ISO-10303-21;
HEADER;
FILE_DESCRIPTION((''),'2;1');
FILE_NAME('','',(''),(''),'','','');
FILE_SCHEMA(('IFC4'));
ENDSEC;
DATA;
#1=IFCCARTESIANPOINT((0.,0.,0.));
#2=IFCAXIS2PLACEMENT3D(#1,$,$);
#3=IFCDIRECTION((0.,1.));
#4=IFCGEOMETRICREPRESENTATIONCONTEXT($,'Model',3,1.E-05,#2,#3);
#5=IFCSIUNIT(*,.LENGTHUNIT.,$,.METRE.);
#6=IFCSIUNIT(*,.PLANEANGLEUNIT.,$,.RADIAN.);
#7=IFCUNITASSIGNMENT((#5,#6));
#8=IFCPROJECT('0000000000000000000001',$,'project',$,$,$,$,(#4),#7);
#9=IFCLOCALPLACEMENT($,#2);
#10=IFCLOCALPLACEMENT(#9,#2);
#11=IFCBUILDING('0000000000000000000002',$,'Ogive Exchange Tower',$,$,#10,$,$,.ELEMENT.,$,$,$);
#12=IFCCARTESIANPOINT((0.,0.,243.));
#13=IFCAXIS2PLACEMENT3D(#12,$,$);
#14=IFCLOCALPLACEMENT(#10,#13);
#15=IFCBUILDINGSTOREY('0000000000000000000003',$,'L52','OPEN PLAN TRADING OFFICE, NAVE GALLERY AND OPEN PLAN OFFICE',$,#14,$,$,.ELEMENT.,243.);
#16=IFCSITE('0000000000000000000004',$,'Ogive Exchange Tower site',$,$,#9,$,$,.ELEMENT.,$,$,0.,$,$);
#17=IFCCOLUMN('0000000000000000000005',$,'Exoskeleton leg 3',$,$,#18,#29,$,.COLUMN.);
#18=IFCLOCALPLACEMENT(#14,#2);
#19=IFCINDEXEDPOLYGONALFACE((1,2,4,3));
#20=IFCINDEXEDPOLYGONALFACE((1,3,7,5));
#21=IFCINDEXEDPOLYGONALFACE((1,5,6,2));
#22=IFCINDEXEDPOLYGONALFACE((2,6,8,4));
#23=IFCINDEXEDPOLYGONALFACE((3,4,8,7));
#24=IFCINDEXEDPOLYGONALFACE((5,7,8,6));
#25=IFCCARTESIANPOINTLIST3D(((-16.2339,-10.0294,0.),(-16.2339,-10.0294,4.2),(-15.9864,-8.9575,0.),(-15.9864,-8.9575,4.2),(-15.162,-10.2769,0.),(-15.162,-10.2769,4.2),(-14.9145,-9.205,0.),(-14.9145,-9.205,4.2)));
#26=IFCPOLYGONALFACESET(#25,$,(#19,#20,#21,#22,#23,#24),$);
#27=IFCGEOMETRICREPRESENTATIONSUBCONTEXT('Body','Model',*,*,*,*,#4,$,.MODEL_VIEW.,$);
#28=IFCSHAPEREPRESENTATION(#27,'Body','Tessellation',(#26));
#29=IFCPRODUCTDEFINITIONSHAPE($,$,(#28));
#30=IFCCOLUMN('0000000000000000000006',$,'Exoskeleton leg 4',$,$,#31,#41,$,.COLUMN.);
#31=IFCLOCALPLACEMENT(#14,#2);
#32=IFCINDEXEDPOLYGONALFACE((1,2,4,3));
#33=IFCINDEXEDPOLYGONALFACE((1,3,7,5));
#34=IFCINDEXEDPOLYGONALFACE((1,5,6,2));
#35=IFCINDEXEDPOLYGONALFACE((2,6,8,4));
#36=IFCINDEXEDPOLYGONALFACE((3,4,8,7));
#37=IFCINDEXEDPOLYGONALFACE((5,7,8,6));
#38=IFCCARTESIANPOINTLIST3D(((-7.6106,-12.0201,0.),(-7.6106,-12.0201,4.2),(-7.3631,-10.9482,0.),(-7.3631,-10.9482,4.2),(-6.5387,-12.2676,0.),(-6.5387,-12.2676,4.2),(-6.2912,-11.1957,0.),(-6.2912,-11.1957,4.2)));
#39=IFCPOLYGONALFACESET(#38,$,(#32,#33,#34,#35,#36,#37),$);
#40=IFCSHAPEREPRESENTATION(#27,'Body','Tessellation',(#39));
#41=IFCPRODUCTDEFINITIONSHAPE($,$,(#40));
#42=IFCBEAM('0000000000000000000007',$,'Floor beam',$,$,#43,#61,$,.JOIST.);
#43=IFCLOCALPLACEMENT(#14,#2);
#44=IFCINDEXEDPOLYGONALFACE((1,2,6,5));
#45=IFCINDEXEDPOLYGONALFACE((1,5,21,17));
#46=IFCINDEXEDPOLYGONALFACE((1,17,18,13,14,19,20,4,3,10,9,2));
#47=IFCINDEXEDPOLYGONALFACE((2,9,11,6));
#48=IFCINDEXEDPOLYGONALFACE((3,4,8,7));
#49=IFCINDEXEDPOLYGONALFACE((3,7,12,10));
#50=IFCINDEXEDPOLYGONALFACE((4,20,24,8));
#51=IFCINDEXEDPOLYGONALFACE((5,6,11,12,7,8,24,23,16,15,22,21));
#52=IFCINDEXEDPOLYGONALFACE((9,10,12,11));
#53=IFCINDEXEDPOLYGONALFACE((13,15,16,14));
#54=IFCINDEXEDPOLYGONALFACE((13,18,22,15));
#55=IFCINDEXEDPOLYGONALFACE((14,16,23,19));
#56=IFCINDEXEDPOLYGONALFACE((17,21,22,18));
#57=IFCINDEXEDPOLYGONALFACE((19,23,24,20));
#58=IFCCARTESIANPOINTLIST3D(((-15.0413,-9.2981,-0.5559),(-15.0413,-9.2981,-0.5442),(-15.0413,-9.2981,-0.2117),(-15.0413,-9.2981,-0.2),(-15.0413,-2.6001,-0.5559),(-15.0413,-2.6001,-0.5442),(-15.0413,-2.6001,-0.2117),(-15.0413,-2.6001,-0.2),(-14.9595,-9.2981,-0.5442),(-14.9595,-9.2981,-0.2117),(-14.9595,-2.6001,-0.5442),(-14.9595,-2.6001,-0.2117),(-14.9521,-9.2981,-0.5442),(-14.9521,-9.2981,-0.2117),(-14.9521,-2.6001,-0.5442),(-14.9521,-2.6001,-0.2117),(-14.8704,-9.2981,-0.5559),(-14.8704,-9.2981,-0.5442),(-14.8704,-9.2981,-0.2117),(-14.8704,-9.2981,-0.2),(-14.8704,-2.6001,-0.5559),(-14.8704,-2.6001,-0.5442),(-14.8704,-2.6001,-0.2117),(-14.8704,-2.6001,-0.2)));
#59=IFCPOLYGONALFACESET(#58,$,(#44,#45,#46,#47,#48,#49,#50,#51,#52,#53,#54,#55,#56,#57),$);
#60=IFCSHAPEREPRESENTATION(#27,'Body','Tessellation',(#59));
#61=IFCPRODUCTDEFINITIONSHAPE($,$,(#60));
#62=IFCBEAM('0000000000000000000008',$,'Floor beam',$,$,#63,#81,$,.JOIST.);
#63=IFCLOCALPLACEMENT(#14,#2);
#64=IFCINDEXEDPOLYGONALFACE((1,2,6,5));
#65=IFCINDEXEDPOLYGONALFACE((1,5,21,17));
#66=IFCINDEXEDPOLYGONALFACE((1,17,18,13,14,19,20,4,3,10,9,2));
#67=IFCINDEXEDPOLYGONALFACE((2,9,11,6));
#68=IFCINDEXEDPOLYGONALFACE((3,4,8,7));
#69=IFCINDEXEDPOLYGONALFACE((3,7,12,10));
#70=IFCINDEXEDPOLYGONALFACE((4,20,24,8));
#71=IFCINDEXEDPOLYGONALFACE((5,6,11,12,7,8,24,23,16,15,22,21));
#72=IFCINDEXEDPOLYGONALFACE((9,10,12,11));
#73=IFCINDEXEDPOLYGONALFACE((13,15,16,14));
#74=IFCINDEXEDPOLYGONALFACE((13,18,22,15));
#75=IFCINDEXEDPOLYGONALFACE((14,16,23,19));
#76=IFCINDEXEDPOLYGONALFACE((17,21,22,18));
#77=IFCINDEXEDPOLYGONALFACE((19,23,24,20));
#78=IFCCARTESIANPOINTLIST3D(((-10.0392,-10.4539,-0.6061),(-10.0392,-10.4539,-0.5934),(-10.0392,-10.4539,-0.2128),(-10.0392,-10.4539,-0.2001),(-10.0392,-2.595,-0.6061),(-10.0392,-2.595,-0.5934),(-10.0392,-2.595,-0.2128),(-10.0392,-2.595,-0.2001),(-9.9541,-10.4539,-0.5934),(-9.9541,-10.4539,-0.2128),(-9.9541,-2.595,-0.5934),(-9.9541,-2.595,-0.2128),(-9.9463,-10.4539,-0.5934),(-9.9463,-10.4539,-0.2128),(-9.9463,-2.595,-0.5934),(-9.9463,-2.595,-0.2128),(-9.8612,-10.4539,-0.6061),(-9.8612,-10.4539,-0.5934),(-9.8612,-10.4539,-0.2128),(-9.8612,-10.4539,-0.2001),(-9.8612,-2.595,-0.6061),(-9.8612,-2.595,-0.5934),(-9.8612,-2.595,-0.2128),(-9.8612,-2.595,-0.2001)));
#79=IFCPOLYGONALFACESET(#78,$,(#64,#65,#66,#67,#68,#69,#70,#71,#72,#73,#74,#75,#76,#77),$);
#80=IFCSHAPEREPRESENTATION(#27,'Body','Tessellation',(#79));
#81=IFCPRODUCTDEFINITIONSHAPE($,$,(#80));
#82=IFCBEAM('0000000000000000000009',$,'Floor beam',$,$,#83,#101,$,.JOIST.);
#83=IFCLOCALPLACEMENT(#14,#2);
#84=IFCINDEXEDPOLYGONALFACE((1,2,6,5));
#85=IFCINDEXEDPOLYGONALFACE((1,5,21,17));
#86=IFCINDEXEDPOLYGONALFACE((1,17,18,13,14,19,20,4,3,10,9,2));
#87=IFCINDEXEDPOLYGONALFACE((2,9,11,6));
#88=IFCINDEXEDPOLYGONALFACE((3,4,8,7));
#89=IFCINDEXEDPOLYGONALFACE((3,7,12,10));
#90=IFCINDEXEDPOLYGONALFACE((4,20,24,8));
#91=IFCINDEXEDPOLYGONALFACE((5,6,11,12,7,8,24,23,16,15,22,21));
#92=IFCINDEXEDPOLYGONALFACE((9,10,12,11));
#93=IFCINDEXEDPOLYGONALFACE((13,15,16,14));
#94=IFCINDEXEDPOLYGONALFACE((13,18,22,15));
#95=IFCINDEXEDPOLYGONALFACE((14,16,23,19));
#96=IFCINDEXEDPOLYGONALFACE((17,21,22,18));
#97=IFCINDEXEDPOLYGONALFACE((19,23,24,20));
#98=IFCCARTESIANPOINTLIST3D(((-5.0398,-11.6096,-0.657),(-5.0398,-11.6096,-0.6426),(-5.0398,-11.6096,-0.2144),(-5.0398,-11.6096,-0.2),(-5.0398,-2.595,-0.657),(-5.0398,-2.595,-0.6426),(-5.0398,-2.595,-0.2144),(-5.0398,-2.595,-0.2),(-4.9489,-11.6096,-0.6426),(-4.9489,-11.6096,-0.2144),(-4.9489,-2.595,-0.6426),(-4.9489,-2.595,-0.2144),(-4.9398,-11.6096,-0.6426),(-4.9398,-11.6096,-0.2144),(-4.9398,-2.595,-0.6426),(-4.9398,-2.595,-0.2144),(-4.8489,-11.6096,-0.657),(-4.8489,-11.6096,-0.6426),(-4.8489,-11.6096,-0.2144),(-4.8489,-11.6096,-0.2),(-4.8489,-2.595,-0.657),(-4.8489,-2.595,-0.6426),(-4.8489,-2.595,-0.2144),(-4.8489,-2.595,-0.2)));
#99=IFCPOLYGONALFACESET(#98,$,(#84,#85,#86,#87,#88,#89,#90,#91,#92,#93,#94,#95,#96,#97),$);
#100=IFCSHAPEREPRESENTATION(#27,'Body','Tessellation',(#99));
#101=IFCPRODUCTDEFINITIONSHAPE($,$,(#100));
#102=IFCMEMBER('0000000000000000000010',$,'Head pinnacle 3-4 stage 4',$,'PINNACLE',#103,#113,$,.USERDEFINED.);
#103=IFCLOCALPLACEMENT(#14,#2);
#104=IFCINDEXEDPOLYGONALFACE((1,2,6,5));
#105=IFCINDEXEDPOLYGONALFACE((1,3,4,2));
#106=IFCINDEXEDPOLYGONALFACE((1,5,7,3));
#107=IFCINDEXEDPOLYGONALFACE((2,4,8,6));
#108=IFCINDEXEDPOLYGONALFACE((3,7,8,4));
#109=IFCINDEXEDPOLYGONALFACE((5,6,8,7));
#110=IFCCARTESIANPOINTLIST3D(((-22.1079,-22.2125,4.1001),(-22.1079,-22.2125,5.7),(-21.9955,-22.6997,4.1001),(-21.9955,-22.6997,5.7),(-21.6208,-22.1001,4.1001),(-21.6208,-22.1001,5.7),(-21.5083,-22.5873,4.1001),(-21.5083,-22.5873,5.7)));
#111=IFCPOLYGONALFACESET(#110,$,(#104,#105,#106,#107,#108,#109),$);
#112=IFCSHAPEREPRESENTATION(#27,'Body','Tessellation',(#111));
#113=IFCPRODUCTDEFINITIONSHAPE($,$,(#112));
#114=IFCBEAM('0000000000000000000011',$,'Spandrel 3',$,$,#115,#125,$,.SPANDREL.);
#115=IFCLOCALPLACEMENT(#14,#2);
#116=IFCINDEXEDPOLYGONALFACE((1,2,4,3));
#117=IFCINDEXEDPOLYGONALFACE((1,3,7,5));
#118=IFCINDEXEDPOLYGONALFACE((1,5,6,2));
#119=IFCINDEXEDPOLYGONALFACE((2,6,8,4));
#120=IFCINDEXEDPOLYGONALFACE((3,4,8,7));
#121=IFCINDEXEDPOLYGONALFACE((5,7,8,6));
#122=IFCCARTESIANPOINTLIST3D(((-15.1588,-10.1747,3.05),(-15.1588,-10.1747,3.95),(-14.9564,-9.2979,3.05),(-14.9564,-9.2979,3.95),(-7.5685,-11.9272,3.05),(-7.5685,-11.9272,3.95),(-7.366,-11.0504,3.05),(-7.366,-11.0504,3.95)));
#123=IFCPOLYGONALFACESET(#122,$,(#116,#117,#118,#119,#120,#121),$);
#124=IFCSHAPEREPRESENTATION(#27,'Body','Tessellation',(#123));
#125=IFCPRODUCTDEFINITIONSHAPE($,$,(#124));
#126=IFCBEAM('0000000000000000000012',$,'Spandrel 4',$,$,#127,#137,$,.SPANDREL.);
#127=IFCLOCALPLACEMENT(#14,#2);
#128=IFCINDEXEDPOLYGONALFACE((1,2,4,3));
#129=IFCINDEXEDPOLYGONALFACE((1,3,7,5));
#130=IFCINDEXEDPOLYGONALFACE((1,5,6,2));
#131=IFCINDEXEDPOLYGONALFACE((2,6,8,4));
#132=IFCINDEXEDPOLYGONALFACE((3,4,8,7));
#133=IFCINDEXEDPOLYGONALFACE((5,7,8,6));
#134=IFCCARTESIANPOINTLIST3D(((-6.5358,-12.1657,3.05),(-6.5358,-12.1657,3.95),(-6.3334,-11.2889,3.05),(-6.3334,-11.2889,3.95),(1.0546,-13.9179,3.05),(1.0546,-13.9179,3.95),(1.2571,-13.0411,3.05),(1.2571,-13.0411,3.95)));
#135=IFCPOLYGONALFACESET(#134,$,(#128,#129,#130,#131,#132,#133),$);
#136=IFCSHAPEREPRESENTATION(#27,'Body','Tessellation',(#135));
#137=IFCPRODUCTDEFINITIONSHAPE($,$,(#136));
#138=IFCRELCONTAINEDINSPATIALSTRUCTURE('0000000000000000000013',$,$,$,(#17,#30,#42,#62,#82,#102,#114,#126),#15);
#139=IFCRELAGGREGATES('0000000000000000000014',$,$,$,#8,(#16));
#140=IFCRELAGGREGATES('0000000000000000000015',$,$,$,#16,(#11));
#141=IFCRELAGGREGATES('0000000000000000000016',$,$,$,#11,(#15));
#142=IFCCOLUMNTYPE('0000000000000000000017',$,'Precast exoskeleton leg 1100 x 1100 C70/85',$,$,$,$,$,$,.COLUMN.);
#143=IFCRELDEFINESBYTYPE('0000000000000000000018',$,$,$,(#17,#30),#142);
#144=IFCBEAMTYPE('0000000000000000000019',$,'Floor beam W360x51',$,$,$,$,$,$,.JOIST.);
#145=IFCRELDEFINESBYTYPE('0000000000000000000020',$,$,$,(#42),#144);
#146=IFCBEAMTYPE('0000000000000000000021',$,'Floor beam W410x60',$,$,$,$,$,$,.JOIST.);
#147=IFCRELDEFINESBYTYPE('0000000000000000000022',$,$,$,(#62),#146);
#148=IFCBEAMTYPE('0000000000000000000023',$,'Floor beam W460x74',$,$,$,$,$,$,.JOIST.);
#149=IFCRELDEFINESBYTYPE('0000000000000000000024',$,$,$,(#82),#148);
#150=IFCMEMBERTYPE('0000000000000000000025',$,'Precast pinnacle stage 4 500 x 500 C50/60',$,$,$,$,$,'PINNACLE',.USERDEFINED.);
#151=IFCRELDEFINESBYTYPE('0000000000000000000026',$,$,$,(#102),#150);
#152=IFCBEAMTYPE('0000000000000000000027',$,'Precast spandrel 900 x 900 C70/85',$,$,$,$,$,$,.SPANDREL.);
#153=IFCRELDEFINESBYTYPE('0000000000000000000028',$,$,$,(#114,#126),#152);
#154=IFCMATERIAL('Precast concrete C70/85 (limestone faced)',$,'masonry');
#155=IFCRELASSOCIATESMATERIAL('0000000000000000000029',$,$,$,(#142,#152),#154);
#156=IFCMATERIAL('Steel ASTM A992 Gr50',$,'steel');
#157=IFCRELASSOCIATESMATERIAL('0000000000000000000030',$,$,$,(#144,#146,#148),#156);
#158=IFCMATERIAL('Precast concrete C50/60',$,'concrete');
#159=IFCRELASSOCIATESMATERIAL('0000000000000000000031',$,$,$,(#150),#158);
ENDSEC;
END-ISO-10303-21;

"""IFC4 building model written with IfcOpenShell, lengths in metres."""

from ifc_helpers import new_model, si_unit, direction, frame, origin, origin_2d, place, context, subcontext, project, spatial, rectangle, i_section, extrude, material, material_profile, profile_set, type_object, element, save


model = new_model("IFC4")

# Units and contexts
model_context = context("Model", 3, precision=1e-05, world=origin(), true_north=direction((0.0, 1.0)))
body_context = subcontext(model_context, "Body", "Model", "MODEL_VIEW")
ifc_project = project(units=[si_unit("LENGTHUNIT", "METRE"), si_unit("PLANEANGLEUNIT", "RADIAN")], contexts=[model_context])

# Site, building, storey
site_placement = place(None, origin())
site = spatial("IfcSite", under=ifc_project, at=site_placement, Name="Ogive Exchange Tower site", CompositionType="ELEMENT", RefElevation=0.0)
building_placement = place(site_placement, origin())
building = spatial("IfcBuilding", under=site, at=building_placement, Name="Ogive Exchange Tower", CompositionType="ELEMENT")
storey_placement = place(building_placement, frame((0.0, 0.0, 243.0)))
storey = spatial("IfcBuildingStorey", under=building, at=storey_placement, Name="L52", Description="OPEN PLAN TRADING OFFICE, NAVE GALLERY AND OPEN PLAN OFFICE", CompositionType="ELEMENT", Elevation=243.0)

# Columns
ifc_material_1 = material(Name="Precast concrete C70/85 (limestone faced)", Category="masonry")
ifc_material_profile_1 = material_profile(ifc_material_1, rectangle(XDim=1.1001, YDim=1.1001, at=origin_2d()), Name="1100 x 1100")
ifc_profile_set_1 = profile_set([ifc_material_profile_1], Name="Precast concrete C70/85 (limestone faced)")
column_type = type_object("IfcColumnType", Name="Precast exoskeleton leg 1100 x 1100 C70/85", PredefinedType="COLUMN", material=ifc_profile_set_1)
for number, where, z_axis, x_axis, name in (
    (1, (-15.5742, -9.6172, 0.0), (0.0, 0.0, 1.0), (0.97437, -0.224951, 0.0), "Exoskeleton leg 3"),
    (2, (-6.9509, -11.6079, 0.0), (0.0, 0.0, 1.0), (0.97437, -0.224951, 0.0), "Exoskeleton leg 4"),
):
    element("IfcColumn", number, at=place(storey_placement, frame(where, z_axis=z_axis, x_axis=x_axis)), inside=storey, type_object=column_type, Name=name, PredefinedType="COLUMN", context=body_context, shape_type="SweptSolid", body=[
        extrude(rectangle(XDim=1.1001, YDim=1.1001, at=origin_2d()), origin(), (0.0, 0.0, 1.0), 4.2),
    ])

# Beams
ifc_material_2 = material(Name="Steel ASTM A992 Gr50", Category="steel")
ifc_material_profile_2 = material_profile(ifc_material_2, i_section(OverallWidth=0.1709, OverallDepth=0.356, WebThickness=0.0073, FlangeThickness=0.0117, at=origin_2d()), Name="W360x51")
ifc_profile_set_2 = profile_set([ifc_material_profile_2], Name="Steel ASTM A992 Gr50")
beam_type_1 = type_object("IfcBeamType", Name="Floor beam W360x51", PredefinedType="JOIST", material=ifc_profile_set_2)
beam_1_placement = place(storey_placement, frame((-14.9558, -9.2981, -0.3779), z_axis=(0.0, 1.0, 0.0), x_axis=(-1.0, 0.0, 0.0)))
element("IfcBeam", 3, at=beam_1_placement, inside=storey, type_object=beam_type_1, Name="Floor beam", PredefinedType="JOIST", context=body_context, shape_type="SweptSolid", body=[
    extrude(i_section(OverallWidth=0.1709, OverallDepth=0.356, WebThickness=0.0073, FlangeThickness=0.0117, at=origin_2d()), origin(), (0.0, 0.0, 1.0), 6.698),
])
ifc_material_profile_3 = material_profile(ifc_material_2, i_section(OverallWidth=0.178, OverallDepth=0.406, WebThickness=0.0078, FlangeThickness=0.0127, at=origin_2d()), Name="W410x60")
ifc_profile_set_3 = profile_set([ifc_material_profile_3], Name="Steel ASTM A992 Gr50")
beam_type_2 = type_object("IfcBeamType", Name="Floor beam W410x60", PredefinedType="JOIST", material=ifc_profile_set_3)
beam_2_placement = place(storey_placement, frame((-9.9502, -10.4539, -0.4031), z_axis=(0.0, 1.0, 0.0), x_axis=(-1.0, 0.0, 0.0)))
element("IfcBeam", 4, at=beam_2_placement, inside=storey, type_object=beam_type_2, Name="Floor beam", PredefinedType="JOIST", context=body_context, shape_type="SweptSolid", body=[
    extrude(i_section(OverallWidth=0.178, OverallDepth=0.406, WebThickness=0.0078, FlangeThickness=0.0127, at=origin_2d()), origin(), (0.0, 0.0, 1.0), 7.8589),
])
ifc_material_profile_4 = material_profile(ifc_material_2, i_section(OverallWidth=0.1909, OverallDepth=0.457, WebThickness=0.009, FlangeThickness=0.0144, at=origin_2d()), Name="W460x74")
ifc_profile_set_4 = profile_set([ifc_material_profile_4], Name="Steel ASTM A992 Gr50")
beam_type_3 = type_object("IfcBeamType", Name="Floor beam W460x74", PredefinedType="JOIST", material=ifc_profile_set_4)
beam_3_placement = place(storey_placement, frame((-4.9443, -11.6096, -0.4285), z_axis=(0.0, 1.0, 0.0), x_axis=(-1.0, 0.0, 0.0)))
element("IfcBeam", 5, at=beam_3_placement, inside=storey, type_object=beam_type_3, Name="Floor beam", PredefinedType="JOIST", context=body_context, shape_type="SweptSolid", body=[
    extrude(i_section(OverallWidth=0.1909, OverallDepth=0.457, WebThickness=0.009, FlangeThickness=0.0144, at=origin_2d()), origin(), (0.0, 0.0, 1.0), 9.0146),
])

# Member
ifc_material_3 = material(Name="Precast concrete C50/60", Category="concrete")
ifc_material_profile_5 = material_profile(ifc_material_3, rectangle(XDim=0.5, YDim=0.5, at=origin_2d()), Name="PINNACLE 4 500 x 500")
ifc_profile_set_5 = profile_set([ifc_material_profile_5], Name="Precast concrete C50/60")
member_type = type_object("IfcMemberType", Name="Precast pinnacle stage 4 500 x 500 C50/60", ElementType="PINNACLE", PredefinedType="USERDEFINED", material=ifc_profile_set_5)
member_placement = place(storey_placement, frame((-21.8081, -22.3999, 4.1001), z_axis=(0.0, 0.0, 1.0), x_axis=(0.97437, 0.224951, 0.0)))
element("IfcMember", 6, at=member_placement, inside=storey, type_object=member_type, Name="Head pinnacle 3-4 stage 4", ObjectType="PINNACLE", PredefinedType="USERDEFINED", context=body_context, shape_type="SweptSolid", body=[
    extrude(rectangle(XDim=0.5, YDim=0.5, at=origin_2d()), origin(), (0.0, 0.0, 1.0), 1.5999),
])

# Beams
ifc_material_profile_6 = material_profile(ifc_material_1, rectangle(XDim=0.8999, YDim=0.8999, at=origin_2d()), Name="900 x 900")
ifc_profile_set_6 = profile_set([ifc_material_profile_6], Name="Precast concrete C70/85 (limestone faced)")
beam_type_4 = type_object("IfcBeamType", Name="Precast spandrel 900 x 900 C70/85", PredefinedType="SPANDREL", material=ifc_profile_set_6)
for number, where, z_axis, x_axis, name in (
    (7, (-15.0576, -9.7363, 3.5), (0.974368, -0.22496, 0.0), (0.22496, 0.974368, 0.0), "Spandrel 3"),
    (8, (-6.4346, -11.7273, 3.5), (0.974375, -0.22493, 0.0), (0.22493, 0.974375, 0.0), "Spandrel 4"),
):
    element("IfcBeam", number, at=place(storey_placement, frame(where, z_axis=z_axis, x_axis=x_axis)), inside=storey, type_object=beam_type_4, Name=name, PredefinedType="SPANDREL", context=body_context, shape_type="SweptSolid", body=[
        extrude(rectangle(XDim=0.8999, YDim=0.8999, at=origin_2d()), origin(), (0.0, 0.0, 1.0), 7.79),
    ])

save(model, "model.ifc")
